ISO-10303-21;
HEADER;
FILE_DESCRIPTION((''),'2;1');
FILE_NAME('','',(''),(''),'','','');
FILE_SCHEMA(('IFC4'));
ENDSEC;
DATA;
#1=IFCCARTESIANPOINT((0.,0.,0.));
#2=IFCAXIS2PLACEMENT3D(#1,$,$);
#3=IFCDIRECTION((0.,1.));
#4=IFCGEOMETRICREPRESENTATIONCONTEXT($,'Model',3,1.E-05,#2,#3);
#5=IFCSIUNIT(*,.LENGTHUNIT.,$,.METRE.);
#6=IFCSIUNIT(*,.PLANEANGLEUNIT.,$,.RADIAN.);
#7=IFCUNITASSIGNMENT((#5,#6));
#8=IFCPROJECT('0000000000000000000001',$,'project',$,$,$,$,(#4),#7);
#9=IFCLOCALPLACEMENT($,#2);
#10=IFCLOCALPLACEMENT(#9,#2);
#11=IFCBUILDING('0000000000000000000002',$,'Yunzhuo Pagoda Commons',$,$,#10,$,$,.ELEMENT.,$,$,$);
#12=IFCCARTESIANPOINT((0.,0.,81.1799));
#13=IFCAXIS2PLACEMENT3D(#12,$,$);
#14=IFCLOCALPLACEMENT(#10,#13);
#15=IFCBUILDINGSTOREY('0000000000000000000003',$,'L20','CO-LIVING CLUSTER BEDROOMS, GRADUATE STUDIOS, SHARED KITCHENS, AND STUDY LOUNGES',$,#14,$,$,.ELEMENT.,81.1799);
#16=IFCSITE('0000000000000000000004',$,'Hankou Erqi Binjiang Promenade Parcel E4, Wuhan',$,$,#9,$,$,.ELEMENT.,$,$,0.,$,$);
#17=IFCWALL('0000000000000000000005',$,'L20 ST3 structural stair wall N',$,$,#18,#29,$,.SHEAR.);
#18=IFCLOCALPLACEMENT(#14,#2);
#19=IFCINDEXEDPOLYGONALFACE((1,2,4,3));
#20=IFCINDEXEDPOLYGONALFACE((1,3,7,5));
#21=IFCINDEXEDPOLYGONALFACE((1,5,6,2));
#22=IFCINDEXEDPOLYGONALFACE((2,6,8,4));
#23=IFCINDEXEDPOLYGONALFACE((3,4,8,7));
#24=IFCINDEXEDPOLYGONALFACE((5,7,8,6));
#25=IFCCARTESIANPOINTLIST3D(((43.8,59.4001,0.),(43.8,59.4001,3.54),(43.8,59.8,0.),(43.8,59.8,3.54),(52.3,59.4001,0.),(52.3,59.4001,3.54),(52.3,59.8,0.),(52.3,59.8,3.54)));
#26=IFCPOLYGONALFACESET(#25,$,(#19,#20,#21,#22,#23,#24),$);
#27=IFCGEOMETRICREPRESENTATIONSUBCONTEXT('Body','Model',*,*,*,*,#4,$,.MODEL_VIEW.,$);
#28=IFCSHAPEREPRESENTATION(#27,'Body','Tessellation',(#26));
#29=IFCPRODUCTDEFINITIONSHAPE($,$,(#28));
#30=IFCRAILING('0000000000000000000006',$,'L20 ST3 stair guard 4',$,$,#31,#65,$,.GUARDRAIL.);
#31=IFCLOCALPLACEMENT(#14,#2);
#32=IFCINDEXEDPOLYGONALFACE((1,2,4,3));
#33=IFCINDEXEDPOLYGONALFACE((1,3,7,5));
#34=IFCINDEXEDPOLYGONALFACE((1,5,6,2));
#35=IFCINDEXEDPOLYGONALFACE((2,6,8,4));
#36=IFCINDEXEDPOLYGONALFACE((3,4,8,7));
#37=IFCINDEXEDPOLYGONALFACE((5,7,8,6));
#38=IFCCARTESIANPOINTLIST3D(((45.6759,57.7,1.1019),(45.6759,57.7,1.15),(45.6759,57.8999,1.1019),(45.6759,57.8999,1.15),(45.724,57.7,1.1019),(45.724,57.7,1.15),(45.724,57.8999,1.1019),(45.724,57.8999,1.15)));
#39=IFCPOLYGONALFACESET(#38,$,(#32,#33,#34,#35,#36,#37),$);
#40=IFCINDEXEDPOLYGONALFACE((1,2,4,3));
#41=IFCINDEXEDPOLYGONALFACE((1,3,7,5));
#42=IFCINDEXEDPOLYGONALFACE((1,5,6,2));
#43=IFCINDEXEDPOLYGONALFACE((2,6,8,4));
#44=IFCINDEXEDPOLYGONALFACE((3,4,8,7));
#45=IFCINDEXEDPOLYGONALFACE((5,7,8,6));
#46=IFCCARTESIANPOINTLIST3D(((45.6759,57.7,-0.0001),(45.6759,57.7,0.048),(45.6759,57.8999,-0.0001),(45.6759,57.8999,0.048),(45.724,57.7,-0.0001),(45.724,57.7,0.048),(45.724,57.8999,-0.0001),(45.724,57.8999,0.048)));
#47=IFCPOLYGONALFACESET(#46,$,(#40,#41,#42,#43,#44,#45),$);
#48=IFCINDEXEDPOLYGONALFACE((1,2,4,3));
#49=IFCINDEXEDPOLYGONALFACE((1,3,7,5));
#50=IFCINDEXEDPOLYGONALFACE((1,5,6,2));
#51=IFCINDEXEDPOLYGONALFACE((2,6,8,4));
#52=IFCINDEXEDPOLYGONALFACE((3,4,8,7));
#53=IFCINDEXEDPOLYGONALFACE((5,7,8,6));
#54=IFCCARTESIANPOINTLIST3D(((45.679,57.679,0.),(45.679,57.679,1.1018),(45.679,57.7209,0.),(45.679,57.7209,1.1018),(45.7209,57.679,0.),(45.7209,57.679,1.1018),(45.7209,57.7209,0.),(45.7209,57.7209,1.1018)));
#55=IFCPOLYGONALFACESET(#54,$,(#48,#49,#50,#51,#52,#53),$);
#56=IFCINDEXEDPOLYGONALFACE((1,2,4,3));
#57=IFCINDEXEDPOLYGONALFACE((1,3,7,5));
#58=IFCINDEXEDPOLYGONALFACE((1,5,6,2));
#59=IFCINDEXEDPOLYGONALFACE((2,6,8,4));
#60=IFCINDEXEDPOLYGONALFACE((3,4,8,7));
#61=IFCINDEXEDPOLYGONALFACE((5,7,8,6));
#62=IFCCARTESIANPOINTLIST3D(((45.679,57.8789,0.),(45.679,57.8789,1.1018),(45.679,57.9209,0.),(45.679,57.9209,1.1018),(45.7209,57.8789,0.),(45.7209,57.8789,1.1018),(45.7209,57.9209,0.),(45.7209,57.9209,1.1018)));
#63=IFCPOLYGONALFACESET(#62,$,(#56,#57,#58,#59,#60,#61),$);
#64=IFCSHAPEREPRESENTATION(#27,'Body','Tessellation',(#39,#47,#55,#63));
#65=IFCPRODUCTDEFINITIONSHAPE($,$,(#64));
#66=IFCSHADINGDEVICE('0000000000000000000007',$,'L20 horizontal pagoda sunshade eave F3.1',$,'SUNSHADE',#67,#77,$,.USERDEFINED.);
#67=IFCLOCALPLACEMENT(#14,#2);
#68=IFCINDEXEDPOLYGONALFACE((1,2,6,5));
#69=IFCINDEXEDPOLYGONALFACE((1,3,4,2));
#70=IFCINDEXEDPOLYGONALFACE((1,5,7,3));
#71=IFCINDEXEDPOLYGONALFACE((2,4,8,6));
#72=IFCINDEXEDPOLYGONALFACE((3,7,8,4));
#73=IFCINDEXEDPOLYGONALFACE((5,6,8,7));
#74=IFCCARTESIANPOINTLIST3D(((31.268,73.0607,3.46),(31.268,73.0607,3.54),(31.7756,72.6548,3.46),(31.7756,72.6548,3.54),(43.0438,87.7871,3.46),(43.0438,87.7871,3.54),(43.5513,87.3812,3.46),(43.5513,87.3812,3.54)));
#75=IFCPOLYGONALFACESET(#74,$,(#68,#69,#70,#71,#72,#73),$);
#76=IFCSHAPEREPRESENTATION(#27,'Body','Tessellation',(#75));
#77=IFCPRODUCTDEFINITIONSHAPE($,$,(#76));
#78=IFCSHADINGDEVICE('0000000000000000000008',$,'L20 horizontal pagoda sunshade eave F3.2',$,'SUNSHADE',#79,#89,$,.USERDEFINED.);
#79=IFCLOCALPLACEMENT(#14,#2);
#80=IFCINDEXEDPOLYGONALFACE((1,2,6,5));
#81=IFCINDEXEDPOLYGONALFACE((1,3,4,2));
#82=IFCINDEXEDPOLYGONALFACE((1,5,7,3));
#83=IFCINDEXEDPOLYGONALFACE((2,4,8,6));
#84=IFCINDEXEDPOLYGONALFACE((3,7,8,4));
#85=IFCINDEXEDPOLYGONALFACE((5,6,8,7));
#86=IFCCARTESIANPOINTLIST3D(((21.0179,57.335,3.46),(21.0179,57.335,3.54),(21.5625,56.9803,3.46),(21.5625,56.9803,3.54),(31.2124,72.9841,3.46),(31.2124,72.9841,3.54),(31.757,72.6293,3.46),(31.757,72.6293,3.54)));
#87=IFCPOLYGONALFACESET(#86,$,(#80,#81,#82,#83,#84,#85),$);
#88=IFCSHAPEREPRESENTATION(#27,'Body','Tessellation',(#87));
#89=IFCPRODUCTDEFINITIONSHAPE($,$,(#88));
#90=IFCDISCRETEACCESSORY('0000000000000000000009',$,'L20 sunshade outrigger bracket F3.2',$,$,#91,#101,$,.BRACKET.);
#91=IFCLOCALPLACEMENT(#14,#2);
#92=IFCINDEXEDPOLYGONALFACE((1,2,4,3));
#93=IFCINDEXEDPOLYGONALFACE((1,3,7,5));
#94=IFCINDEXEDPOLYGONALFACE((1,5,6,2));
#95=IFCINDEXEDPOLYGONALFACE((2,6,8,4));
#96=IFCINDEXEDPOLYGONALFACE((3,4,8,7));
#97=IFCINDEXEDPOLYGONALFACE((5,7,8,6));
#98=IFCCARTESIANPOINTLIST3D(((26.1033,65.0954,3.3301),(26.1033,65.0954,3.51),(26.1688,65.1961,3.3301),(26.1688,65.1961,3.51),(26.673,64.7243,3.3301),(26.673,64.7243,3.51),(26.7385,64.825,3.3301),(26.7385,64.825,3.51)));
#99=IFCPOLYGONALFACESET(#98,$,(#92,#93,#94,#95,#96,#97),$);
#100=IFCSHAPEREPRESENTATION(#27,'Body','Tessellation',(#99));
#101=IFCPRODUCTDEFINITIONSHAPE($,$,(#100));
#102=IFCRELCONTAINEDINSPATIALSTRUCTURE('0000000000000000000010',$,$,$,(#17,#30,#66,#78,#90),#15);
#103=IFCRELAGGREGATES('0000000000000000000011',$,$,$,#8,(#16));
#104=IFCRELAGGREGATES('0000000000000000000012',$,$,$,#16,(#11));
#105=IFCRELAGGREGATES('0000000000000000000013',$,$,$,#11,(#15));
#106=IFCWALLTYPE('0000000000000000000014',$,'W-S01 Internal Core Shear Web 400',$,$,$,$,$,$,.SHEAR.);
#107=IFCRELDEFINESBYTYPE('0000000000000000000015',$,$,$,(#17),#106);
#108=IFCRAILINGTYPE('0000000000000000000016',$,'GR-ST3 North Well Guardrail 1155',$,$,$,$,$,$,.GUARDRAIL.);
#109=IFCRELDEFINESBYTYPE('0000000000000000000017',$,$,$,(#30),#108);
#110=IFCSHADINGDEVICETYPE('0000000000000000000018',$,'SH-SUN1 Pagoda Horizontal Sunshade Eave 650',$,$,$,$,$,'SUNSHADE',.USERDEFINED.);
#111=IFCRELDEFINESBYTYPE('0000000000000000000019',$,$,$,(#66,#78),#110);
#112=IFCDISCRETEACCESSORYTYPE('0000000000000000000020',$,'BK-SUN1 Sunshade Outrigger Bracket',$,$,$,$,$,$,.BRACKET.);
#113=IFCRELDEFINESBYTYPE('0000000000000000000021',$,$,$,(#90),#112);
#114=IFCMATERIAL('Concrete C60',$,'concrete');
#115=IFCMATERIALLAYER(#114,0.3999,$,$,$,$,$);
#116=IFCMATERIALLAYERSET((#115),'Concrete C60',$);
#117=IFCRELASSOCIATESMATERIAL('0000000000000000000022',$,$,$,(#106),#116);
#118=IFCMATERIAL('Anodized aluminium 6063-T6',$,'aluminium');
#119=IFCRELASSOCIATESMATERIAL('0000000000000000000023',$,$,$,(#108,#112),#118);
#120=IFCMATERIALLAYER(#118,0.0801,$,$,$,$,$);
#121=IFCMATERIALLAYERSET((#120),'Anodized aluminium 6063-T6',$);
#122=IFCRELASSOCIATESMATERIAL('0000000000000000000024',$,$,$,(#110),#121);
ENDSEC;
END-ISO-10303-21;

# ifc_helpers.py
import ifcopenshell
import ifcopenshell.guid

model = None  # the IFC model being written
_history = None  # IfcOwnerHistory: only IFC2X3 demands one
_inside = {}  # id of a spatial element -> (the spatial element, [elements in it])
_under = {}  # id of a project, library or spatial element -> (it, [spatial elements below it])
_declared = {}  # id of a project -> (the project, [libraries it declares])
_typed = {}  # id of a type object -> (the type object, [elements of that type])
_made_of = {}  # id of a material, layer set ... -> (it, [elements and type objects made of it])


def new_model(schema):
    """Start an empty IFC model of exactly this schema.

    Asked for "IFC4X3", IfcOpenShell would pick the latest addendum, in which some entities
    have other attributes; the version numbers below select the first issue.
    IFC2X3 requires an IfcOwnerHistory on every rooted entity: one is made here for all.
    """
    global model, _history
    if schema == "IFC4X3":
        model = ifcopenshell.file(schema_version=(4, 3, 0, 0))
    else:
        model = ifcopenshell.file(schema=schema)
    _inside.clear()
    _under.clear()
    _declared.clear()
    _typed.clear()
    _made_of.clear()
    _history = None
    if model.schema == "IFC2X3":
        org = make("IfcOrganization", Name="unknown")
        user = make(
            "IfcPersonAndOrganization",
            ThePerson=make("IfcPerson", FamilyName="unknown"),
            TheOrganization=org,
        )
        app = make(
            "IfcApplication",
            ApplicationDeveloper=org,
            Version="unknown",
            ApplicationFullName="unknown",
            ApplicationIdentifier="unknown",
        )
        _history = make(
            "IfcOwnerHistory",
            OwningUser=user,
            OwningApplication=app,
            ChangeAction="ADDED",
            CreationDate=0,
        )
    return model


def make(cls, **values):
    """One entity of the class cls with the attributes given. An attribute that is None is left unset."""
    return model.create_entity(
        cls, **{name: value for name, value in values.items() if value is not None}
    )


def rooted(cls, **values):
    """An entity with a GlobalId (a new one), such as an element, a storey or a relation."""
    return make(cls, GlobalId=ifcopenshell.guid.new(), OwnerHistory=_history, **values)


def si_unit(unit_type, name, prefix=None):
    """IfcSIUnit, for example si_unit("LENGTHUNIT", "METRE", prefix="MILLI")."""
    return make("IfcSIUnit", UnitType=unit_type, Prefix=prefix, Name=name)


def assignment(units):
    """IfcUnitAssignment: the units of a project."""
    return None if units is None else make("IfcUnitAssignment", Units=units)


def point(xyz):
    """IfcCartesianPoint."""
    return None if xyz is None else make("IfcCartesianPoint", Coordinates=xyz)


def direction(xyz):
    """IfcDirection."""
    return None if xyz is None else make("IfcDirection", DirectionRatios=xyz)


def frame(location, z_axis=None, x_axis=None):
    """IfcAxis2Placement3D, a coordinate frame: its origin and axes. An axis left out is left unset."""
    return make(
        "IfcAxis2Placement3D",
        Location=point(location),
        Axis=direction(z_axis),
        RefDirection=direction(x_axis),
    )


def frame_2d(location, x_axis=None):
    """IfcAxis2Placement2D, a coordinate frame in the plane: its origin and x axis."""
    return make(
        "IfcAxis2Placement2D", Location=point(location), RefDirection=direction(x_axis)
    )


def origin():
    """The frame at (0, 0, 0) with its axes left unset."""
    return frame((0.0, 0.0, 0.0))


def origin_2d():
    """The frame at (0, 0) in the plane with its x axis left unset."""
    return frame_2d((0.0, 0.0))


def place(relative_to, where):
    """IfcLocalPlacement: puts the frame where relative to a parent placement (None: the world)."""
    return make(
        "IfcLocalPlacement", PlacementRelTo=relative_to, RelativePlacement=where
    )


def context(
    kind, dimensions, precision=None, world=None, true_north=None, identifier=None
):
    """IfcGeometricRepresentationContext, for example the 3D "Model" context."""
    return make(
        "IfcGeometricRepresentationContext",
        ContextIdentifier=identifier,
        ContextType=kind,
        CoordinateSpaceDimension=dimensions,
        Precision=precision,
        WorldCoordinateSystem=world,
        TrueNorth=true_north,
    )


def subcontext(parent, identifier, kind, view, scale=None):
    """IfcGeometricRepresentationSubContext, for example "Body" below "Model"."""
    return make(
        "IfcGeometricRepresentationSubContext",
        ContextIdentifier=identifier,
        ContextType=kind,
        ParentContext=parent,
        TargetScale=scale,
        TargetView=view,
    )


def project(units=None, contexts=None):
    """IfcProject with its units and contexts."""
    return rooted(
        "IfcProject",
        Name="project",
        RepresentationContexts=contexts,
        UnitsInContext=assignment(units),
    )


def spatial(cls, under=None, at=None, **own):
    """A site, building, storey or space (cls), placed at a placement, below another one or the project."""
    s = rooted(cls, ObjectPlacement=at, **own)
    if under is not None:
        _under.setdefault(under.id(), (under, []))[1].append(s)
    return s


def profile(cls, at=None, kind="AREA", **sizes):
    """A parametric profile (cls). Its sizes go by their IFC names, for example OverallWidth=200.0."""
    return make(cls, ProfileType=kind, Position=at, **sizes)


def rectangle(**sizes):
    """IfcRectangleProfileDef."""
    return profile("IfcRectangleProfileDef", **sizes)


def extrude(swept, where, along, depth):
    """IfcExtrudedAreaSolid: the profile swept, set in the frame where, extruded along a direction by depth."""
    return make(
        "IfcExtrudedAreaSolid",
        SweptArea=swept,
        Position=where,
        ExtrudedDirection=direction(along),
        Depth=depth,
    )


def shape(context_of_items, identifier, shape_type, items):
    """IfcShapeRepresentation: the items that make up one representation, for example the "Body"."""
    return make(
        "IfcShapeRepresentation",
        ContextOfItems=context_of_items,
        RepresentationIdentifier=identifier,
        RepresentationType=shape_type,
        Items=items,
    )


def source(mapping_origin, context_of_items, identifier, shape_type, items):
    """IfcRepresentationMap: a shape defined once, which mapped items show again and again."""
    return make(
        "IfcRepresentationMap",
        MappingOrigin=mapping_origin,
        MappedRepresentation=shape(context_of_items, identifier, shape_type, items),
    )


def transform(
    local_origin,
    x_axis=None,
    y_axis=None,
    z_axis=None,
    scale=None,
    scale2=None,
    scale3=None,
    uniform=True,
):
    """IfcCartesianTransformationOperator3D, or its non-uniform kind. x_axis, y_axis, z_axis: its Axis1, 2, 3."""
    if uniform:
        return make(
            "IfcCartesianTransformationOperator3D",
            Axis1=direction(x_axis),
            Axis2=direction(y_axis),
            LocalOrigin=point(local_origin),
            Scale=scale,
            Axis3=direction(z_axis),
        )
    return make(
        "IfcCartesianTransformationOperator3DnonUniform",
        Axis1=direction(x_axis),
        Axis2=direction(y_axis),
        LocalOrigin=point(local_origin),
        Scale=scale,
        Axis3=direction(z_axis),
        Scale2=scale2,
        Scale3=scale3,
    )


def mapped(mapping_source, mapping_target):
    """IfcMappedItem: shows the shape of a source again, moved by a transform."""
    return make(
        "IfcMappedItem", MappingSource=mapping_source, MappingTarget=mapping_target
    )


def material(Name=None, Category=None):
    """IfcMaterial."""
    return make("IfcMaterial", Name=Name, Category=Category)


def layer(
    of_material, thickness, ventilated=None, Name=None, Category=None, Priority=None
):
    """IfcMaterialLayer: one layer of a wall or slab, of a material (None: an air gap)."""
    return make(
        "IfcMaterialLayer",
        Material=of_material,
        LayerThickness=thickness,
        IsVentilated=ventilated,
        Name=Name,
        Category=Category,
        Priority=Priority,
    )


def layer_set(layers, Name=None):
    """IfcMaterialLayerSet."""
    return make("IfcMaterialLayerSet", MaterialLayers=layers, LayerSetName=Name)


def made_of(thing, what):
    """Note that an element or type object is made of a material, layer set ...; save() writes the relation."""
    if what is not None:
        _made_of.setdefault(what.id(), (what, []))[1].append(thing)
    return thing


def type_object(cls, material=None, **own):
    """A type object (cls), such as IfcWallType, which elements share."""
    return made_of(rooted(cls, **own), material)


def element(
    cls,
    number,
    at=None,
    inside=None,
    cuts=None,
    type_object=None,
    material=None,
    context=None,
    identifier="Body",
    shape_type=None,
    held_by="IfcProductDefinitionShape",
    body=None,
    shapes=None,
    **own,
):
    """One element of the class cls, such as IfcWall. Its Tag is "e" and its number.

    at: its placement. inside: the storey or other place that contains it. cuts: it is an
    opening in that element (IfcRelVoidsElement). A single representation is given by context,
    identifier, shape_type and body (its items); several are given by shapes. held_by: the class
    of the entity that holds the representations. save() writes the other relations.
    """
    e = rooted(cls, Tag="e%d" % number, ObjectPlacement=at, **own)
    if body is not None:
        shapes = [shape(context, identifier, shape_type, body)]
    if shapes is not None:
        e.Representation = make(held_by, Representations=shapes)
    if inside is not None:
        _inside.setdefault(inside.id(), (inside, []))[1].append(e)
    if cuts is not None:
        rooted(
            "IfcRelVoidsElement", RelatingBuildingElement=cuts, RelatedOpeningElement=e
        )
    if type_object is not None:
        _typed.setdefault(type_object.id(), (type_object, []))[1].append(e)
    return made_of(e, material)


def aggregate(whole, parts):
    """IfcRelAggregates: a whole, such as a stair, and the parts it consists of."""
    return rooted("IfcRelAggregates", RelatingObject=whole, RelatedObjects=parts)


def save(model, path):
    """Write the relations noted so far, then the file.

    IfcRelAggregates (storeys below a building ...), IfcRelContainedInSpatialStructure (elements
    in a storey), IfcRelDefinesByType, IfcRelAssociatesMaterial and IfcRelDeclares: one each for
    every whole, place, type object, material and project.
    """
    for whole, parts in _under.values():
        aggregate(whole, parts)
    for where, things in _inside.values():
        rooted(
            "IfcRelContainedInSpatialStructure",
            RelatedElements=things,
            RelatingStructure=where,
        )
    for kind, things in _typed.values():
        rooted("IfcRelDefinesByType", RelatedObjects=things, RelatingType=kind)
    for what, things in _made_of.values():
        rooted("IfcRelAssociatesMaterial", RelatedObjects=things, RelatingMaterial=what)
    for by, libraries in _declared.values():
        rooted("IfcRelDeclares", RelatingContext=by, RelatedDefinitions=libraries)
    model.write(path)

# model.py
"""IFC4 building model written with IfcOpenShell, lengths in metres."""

from ifc_helpers import new_model, si_unit, direction, frame, frame_2d, origin, origin_2d, place, context, subcontext, project, spatial, rectangle, extrude, source, transform, mapped, material, layer, layer_set, type_object, element, save


model = new_model("IFC4")

# Units and contexts
model_context = context("Model", 3, precision=1e-05, world=origin(), true_north=direction((0.0, 1.0)))
body_context = subcontext(model_context, "Body", "Model", "MODEL_VIEW")
ifc_project = project(units=[si_unit("LENGTHUNIT", "METRE"), si_unit("PLANEANGLEUNIT", "RADIAN")], contexts=[model_context])

# Site, building, storey
site_placement = place(None, origin())
site = spatial("IfcSite", under=ifc_project, at=site_placement, Name="Hankou Erqi Binjiang Promenade Parcel E4, Wuhan", CompositionType="ELEMENT", RefElevation=0.0)
building_placement = place(site_placement, origin())
building = spatial("IfcBuilding", under=site, at=building_placement, Name="Yunzhuo Pagoda Commons", CompositionType="ELEMENT")
storey_placement = place(building_placement, frame((0.0, 0.0, 81.1799)))
storey = spatial("IfcBuildingStorey", under=building, at=storey_placement, Name="L20", Description="CO-LIVING CLUSTER BEDROOMS, GRADUATE STUDIOS, SHARED KITCHENS, AND STUDY LOUNGES", CompositionType="ELEMENT", Elevation=81.1799)

# Shared definitions
ifc_material_1 = material(Name="Anodized aluminium 6063-T6", Category="aluminium")

# Wall
ifc_material_2 = material(Name="Concrete C60", Category="concrete")
ifc_layer_1 = layer(ifc_material_2, 0.3999)
ifc_layer_set_1 = layer_set([ifc_layer_1], Name="Concrete C60")
wall_type = type_object("IfcWallType", Name="W-S01 Internal Core Shear Web 400", PredefinedType="SHEAR", material=ifc_layer_set_1)
wall_placement = place(storey_placement, frame((43.8, 59.6001, 0.0), z_axis=(0.0, 0.0, 1.0), x_axis=(1.0, 0.0, 0.0)))
element("IfcWall", 1, at=wall_placement, inside=storey, type_object=wall_type, Name="L20 ST3 structural stair wall N", PredefinedType="SHEAR", context=body_context, shape_type="SweptSolid", body=[
    extrude(rectangle(XDim=8.5, YDim=0.3999, at=frame_2d((4.25, 0.0))), origin(), (0.0, 0.0, 1.0), 3.54),
])

# Railing
railing_type = type_object("IfcRailingType", Name="GR-ST3 North Well Guardrail 1155", PredefinedType="GUARDRAIL", material=ifc_material_1)
railing_placement = place(storey_placement, frame((45.7, 57.7, 0.0)))
element("IfcRailing", 2, at=railing_placement, inside=storey, type_object=railing_type, Name="L20 ST3 stair guard 4", PredefinedType="GUARDRAIL", context=body_context, shape_type="SweptSolid", body=[
    extrude(rectangle(XDim=0.0481, YDim=0.0481, at=origin_2d()), frame((0.0, 0.0, 1.126), z_axis=(0.0, 1.0, 0.0), x_axis=(-1.0, 0.0, 0.0)), (0.0, 0.0, 1.0), 0.2),
    extrude(rectangle(XDim=0.0481, YDim=0.0481, at=origin_2d()), frame((0.0, 0.0, 0.0239), z_axis=(0.0, 1.0, 0.0), x_axis=(-1.0, 0.0, 0.0)), (0.0, 0.0, 1.0), 0.2),
    extrude(rectangle(XDim=0.042, YDim=0.042, at=origin_2d()), origin(), (0.0, 0.0, 1.0), 1.1018),
    extrude(rectangle(XDim=0.042, YDim=0.042, at=origin_2d()), frame((0.0, 0.2, 0.0)), (0.0, 0.0, 1.0), 1.1018),
])

# Shading devices
ifc_layer_2 = layer(ifc_material_1, 0.0801)
ifc_layer_set_2 = layer_set([ifc_layer_2], Name="Anodized aluminium 6063-T6")
shading_device_type = type_object("IfcShadingDeviceType", Name="SH-SUN1 Pagoda Horizontal Sunshade Eave 650", ElementType="SUNSHADE", PredefinedType="USERDEFINED", material=ifc_layer_set_2)
shared_shape_1 = source(origin(), body_context, "Body", "SweptSolid", [
    extrude(rectangle(XDim=18.8557, YDim=0.6499, at=origin_2d()), origin(), (0.0, 0.0, 1.0), 0.0801),
])
shading_device_1_placement = place(storey_placement, frame((37.4097, 80.2209, 3.46), z_axis=(0.0, 0.0, 1.0), x_axis=(-0.62452, -0.781008, 0.0)))
element("IfcShadingDevice", 3, at=shading_device_1_placement, inside=storey, type_object=shading_device_type, Name="L20 horizontal pagoda sunshade eave F3.1", ObjectType="SUNSHADE", PredefinedType="USERDEFINED", context=body_context, shape_type="MappedRepresentation", body=[
    mapped(shared_shape_1, transform((0.0, 0.0, 0.0), scale=1.0)),
])
shared_shape_2 = source(origin(), body_context, "Body", "SweptSolid", [
    extrude(rectangle(XDim=18.6768, YDim=0.6499, at=origin_2d()), origin(), (0.0, 0.0, 1.0), 0.0801),
])
shading_device_2_placement = place(storey_placement, frame((26.3875, 64.9822, 3.46), z_axis=(0.0, 0.0, 1.0), x_axis=(-0.545839, -0.83789, 0.0)))
element("IfcShadingDevice", 4, at=shading_device_2_placement, inside=storey, type_object=shading_device_type, Name="L20 horizontal pagoda sunshade eave F3.2", ObjectType="SUNSHADE", PredefinedType="USERDEFINED", context=body_context, shape_type="MappedRepresentation", body=[
    mapped(shared_shape_2, transform((0.0, 0.0, 0.0), scale=1.0)),
])

# Discrete accessory
discrete_accessory_type = type_object("IfcDiscreteAccessoryType", Name="BK-SUN1 Sunshade Outrigger Bracket", PredefinedType="BRACKET", material=ifc_material_1)
shared_shape_3 = source(origin(), body_context, "Body", "SweptSolid", [
    extrude(rectangle(XDim=0.1201, YDim=0.6799, at=origin_2d()), origin(), (0.0, 0.0, 1.0), 0.1799),
])
discrete_accessory_placement = place(storey_placement, frame((26.4209, 64.9602, 3.3301), z_axis=(0.0, 0.0, 1.0), x_axis=(-0.545839, -0.83789, 0.0)))
element("IfcDiscreteAccessory", 5, at=discrete_accessory_placement, inside=storey, type_object=discrete_accessory_type, Name="L20 sunshade outrigger bracket F3.2", PredefinedType="BRACKET", context=body_context, shape_type="MappedRepresentation", body=[
    mapped(shared_shape_3, transform((0.0, 0.0, 0.0), scale=1.0)),
])

save(model, "model.ifc")
